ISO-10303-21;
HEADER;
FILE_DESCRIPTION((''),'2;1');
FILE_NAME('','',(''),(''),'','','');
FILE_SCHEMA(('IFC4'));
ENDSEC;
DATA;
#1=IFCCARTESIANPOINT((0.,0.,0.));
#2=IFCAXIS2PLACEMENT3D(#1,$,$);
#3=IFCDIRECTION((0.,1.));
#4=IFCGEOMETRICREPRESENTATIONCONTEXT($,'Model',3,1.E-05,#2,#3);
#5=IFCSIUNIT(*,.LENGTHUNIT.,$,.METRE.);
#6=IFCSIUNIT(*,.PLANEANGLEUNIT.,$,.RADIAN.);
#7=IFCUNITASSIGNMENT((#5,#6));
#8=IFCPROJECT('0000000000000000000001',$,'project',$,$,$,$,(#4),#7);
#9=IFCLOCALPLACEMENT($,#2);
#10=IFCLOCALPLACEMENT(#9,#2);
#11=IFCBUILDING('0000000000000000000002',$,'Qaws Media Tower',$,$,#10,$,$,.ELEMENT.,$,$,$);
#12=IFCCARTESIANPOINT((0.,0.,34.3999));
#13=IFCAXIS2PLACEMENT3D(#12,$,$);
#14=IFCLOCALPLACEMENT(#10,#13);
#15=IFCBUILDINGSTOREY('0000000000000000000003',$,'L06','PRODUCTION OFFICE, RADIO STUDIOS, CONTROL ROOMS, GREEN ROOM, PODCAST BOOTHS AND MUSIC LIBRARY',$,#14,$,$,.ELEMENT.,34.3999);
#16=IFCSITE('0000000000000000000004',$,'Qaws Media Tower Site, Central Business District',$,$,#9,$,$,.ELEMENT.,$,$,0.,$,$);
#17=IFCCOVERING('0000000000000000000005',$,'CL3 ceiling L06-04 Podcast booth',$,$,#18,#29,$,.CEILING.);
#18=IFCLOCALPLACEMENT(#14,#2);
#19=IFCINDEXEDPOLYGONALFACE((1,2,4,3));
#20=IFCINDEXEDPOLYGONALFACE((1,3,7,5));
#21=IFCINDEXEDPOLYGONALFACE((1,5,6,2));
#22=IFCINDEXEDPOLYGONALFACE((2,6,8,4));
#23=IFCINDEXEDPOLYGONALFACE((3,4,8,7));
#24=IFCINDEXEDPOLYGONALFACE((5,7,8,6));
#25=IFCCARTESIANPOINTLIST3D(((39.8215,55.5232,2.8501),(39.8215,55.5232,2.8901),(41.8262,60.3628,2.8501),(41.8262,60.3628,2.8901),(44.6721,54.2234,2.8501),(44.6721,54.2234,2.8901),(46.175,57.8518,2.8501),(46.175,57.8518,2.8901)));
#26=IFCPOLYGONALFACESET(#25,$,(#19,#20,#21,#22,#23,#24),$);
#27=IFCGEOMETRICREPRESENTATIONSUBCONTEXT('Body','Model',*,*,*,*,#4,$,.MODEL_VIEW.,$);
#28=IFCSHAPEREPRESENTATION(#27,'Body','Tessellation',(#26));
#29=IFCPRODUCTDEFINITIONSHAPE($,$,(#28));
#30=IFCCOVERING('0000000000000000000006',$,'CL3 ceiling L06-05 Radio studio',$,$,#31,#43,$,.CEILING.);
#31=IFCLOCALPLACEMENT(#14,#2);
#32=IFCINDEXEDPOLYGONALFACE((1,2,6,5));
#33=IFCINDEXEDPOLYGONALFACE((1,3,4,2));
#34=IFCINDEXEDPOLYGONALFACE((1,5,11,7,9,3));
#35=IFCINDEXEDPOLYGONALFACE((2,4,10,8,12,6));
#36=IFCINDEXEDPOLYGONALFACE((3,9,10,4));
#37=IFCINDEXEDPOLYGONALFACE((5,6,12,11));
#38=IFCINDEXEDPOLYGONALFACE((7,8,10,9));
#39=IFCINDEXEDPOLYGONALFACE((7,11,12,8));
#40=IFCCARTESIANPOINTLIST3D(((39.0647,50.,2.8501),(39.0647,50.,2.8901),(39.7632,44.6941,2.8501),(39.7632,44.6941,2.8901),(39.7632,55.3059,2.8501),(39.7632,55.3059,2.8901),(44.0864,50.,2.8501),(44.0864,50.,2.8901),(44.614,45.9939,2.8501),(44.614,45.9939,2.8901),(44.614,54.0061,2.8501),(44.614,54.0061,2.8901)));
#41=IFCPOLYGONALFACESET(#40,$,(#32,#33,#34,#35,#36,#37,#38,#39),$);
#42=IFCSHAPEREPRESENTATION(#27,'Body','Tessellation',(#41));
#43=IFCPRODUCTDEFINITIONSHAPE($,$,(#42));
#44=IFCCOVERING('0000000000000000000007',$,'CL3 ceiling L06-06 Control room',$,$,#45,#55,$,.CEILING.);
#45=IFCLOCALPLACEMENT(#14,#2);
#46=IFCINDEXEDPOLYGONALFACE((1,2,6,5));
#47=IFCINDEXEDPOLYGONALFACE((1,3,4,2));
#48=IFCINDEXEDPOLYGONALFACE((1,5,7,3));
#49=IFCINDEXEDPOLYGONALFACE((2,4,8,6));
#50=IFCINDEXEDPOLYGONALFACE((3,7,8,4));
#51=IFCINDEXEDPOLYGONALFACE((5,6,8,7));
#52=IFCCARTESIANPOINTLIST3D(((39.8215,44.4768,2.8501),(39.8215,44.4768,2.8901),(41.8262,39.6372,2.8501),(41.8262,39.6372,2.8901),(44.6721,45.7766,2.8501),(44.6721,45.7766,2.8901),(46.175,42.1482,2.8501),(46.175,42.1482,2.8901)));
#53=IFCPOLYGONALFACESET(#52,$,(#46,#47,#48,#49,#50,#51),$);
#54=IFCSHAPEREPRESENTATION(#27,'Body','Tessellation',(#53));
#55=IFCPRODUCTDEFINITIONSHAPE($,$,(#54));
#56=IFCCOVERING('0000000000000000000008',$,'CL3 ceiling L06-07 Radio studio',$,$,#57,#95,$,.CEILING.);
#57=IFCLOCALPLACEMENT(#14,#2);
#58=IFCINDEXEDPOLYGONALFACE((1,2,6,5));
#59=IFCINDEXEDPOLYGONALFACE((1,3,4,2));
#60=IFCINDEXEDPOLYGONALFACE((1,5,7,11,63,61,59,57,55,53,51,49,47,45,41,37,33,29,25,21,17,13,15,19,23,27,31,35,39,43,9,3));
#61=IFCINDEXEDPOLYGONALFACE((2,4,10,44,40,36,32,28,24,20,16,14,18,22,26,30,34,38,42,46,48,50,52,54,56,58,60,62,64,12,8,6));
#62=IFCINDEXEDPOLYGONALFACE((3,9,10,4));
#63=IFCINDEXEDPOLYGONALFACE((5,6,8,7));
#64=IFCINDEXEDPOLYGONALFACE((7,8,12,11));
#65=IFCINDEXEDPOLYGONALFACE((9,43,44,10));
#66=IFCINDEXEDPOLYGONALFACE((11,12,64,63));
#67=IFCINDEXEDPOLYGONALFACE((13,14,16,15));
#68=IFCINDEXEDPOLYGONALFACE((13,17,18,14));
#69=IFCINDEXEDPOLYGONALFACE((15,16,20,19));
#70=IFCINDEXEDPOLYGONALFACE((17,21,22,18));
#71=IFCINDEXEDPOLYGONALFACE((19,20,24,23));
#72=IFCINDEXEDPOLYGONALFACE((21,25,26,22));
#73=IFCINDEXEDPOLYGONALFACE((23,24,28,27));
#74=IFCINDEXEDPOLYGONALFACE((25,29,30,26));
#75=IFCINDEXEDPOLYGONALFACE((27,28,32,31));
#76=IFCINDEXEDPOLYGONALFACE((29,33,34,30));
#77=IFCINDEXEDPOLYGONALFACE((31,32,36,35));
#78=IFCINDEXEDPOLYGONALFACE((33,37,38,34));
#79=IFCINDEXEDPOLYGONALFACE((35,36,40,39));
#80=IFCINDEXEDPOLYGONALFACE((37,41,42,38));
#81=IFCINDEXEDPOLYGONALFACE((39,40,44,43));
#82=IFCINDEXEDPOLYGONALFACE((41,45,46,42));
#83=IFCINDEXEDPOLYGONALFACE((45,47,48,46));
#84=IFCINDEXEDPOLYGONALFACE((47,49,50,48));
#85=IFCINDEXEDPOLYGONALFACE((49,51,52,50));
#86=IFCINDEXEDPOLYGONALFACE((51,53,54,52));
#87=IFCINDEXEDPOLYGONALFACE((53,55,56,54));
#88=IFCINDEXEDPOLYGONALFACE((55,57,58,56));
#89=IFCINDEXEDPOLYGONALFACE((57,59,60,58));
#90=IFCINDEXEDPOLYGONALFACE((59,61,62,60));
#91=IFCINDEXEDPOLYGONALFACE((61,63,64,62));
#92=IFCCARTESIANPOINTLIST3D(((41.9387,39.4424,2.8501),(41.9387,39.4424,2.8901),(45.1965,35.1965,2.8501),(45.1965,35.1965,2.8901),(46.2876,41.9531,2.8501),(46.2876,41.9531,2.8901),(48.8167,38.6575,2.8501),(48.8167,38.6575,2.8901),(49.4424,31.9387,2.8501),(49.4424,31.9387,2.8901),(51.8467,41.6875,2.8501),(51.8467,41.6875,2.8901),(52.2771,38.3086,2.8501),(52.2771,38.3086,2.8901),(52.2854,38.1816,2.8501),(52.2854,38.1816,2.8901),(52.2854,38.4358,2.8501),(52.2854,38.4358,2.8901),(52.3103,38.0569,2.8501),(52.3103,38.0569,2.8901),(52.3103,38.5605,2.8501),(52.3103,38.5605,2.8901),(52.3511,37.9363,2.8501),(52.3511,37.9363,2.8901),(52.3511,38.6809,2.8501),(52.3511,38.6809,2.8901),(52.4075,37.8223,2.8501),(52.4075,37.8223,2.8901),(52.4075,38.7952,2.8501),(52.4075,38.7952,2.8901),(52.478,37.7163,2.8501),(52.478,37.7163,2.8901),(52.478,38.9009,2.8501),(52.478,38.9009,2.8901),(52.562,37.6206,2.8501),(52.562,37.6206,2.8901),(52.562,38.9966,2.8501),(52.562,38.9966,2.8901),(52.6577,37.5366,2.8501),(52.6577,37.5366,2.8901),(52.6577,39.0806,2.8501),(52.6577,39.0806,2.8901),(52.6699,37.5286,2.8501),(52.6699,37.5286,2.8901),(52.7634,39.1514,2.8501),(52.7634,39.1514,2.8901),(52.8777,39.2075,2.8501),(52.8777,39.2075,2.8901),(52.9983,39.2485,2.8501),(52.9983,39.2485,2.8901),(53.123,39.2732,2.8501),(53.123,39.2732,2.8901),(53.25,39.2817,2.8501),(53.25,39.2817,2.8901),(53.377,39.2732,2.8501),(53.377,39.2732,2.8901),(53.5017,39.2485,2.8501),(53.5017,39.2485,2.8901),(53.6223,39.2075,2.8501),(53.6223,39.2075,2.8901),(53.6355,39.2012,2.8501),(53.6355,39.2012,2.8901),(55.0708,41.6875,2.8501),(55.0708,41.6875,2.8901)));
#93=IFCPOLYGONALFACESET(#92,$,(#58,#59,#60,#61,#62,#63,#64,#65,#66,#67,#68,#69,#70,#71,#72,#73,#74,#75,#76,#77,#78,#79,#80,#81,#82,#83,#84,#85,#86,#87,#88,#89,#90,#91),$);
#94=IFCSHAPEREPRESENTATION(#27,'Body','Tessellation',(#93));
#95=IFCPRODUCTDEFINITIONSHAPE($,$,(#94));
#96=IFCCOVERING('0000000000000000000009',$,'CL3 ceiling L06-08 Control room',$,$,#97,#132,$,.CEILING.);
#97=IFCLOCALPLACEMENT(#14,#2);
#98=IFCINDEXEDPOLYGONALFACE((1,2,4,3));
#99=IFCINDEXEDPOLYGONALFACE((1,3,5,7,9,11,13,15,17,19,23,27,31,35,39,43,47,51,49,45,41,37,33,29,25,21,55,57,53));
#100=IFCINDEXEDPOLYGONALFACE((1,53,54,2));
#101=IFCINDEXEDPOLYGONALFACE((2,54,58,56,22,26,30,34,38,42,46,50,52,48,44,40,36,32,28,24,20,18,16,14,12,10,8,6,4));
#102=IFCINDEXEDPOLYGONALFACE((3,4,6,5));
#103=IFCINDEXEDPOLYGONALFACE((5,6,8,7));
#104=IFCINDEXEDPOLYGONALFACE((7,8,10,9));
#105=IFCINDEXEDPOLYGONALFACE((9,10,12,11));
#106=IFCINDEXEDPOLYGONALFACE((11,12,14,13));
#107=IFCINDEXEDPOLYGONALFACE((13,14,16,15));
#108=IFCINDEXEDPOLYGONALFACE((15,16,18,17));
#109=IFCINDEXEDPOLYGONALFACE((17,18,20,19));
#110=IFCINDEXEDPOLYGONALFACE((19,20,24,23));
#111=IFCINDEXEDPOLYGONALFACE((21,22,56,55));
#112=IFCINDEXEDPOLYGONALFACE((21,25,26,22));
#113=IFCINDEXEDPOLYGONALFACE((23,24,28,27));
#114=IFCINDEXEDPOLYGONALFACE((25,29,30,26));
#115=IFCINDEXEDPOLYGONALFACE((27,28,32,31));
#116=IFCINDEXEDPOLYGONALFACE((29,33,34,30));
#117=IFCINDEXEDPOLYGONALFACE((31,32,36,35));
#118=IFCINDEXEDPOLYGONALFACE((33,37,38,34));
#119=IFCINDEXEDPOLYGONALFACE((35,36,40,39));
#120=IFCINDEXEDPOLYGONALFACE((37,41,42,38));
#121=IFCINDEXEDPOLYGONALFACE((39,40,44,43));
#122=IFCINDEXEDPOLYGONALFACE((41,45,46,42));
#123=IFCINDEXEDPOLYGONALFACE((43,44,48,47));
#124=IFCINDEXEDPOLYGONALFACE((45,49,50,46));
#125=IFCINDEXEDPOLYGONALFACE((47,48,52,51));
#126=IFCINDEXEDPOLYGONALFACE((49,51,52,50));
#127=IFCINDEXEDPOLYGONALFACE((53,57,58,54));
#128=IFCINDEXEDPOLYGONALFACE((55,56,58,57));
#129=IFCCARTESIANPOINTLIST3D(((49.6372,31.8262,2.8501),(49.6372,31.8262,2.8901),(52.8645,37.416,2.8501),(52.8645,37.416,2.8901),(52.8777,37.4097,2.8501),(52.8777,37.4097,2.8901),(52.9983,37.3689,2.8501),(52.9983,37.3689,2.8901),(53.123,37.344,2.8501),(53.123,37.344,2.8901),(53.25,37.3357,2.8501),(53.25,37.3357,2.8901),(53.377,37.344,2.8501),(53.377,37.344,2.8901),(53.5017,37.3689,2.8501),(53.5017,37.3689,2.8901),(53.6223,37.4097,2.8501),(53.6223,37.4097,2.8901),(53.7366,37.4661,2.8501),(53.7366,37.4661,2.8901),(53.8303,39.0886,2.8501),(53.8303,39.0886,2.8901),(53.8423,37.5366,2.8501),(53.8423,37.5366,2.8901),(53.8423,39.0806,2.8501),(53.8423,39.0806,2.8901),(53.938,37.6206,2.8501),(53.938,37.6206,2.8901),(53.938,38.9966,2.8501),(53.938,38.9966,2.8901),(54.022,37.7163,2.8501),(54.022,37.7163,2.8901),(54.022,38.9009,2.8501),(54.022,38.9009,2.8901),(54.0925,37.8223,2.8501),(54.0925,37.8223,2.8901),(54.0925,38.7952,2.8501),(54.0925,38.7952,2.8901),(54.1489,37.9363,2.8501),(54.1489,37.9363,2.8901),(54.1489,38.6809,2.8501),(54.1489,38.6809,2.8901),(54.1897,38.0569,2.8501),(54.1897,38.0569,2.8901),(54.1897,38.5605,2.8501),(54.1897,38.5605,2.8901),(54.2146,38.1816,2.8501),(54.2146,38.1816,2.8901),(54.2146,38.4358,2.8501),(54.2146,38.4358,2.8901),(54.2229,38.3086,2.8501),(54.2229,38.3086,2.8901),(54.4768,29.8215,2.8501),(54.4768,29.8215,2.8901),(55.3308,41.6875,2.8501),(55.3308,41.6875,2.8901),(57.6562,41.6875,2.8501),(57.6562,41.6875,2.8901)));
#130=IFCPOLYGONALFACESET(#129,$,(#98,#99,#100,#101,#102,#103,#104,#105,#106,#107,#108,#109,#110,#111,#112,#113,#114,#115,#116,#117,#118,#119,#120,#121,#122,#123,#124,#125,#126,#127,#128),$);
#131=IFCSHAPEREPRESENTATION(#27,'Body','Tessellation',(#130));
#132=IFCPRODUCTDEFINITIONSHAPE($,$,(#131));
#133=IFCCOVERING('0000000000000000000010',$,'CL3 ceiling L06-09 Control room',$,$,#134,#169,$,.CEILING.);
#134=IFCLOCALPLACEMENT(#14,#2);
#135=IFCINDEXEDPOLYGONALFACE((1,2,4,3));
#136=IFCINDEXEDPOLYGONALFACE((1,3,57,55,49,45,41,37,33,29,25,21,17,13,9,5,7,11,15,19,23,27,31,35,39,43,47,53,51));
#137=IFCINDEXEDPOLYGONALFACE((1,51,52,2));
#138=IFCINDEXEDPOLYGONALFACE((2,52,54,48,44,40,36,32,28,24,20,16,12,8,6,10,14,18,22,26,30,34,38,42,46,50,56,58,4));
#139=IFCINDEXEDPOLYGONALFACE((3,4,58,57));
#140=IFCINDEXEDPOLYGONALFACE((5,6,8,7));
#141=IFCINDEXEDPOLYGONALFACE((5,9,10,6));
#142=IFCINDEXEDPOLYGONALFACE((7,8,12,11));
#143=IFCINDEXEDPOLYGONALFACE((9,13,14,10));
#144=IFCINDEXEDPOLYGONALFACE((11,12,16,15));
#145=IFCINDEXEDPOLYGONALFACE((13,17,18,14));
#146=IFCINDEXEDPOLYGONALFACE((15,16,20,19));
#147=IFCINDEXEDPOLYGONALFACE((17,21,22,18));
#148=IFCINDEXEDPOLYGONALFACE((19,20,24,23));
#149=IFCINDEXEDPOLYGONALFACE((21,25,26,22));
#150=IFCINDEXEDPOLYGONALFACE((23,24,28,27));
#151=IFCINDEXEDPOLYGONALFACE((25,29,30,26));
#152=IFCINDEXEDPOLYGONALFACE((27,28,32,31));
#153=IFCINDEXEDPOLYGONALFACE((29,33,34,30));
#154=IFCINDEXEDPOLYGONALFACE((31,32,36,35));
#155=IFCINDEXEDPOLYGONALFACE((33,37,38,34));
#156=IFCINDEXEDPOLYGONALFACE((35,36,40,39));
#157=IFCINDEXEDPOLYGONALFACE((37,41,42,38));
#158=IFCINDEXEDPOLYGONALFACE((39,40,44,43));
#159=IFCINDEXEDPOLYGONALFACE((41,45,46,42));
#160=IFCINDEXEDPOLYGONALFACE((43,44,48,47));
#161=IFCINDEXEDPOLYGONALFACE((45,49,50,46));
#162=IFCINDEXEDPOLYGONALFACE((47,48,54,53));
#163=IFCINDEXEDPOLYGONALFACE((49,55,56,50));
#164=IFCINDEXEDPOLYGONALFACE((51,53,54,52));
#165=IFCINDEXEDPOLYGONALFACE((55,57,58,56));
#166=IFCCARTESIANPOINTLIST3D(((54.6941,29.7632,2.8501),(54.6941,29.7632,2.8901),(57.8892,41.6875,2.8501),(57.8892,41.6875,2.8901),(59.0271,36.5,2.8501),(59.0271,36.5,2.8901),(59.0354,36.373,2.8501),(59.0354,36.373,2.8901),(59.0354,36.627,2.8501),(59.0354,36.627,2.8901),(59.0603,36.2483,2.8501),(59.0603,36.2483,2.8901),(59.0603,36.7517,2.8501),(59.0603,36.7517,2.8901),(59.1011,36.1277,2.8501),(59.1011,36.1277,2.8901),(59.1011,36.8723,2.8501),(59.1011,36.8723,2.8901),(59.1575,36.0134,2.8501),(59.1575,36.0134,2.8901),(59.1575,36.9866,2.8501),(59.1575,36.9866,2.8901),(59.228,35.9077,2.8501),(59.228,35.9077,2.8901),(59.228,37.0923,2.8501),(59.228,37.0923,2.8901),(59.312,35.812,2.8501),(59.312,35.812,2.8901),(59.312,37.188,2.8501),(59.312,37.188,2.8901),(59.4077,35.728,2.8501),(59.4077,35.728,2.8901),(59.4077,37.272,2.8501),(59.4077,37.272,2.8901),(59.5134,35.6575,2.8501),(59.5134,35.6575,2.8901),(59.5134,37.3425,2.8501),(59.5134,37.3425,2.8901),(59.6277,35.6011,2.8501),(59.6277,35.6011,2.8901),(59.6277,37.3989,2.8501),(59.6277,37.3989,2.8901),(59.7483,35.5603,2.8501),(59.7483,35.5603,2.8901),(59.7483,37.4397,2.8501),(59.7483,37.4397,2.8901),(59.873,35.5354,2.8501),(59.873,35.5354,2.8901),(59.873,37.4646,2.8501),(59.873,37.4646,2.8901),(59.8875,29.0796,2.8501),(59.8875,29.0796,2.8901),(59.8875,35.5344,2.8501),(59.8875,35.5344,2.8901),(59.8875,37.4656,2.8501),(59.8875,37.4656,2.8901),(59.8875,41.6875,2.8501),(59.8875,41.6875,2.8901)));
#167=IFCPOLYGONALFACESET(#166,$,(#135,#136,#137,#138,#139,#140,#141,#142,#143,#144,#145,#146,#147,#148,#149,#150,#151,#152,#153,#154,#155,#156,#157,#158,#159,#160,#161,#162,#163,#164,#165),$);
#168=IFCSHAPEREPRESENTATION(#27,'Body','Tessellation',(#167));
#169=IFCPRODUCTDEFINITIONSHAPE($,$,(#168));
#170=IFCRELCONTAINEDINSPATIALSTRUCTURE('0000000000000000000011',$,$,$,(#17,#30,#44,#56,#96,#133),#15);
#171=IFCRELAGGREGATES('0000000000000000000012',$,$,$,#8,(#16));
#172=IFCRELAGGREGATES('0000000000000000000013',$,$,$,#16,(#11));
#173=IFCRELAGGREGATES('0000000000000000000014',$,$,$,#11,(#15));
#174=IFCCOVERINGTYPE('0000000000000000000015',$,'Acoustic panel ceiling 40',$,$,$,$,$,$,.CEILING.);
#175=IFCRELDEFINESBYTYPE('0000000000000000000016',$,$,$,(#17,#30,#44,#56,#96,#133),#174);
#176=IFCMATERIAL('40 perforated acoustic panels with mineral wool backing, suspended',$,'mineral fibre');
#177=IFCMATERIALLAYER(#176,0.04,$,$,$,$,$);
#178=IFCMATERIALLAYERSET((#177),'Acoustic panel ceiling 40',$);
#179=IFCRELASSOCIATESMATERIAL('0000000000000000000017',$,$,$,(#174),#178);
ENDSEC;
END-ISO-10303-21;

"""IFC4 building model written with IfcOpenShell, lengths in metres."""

from ifc_helpers import new_model, si_unit, direction, frame, origin, place, context, subcontext, project, spatial, polyline, outline, extrude, material, layer, layer_set, type_object, element, save


model = new_model("IFC4")

# Units and contexts
model_context = context("Model", 3, precision=1e-05, world=origin(), true_north=direction((0.0, 1.0)))
body_context = subcontext(model_context, "Body", "Model", "MODEL_VIEW")
ifc_project = project(units=[si_unit("LENGTHUNIT", "METRE"), si_unit("PLANEANGLEUNIT", "RADIAN")], contexts=[model_context])

# Site, building, storey
site_placement = place(None, origin())
site = spatial("IfcSite", under=ifc_project, at=site_placement, Name="Qaws Media Tower Site, Central Business District", CompositionType="ELEMENT", RefElevation=0.0)
building_placement = place(site_placement, origin())
building = spatial("IfcBuilding", under=site, at=building_placement, Name="Qaws Media Tower", CompositionType="ELEMENT")
storey_placement = place(building_placement, frame((0.0, 0.0, 34.3999)))
storey = spatial("IfcBuildingStorey", under=building, at=storey_placement, Name="L06", Description="PRODUCTION OFFICE, RADIO STUDIOS, CONTROL ROOMS, GREEN ROOM, PODCAST BOOTHS AND MUSIC LIBRARY", CompositionType="ELEMENT", Elevation=34.3999)

# Coverings
ifc_material_1 = material(Name="40 perforated acoustic panels with mineral wool backing, suspended", Category="mineral fibre")
ifc_layer_1 = layer(ifc_material_1, 0.04)
ifc_layer_set_1 = layer_set([ifc_layer_1], Name="Acoustic panel ceiling 40")
covering_type_1 = type_object("IfcCoveringType", Name="Acoustic panel ceiling 40", PredefinedType="CEILING", material=ifc_layer_set_1)
covering_1_placement = place(storey_placement, frame((0.0, 0.0, 2.8501)))
element("IfcCovering", 1, at=covering_1_placement, inside=storey, type_object=covering_type_1, Name="CL3 ceiling L06-04 Podcast booth", PredefinedType="CEILING", context=body_context, shape_type="SweptSolid", body=[
    extrude(outline(polyline([(41.8262, 60.3628), (46.175, 57.8518), (44.6721, 54.2234), (39.8215, 55.5232), (41.8262, 60.3628)])), origin(), (0.0, 0.0, 1.0), 0.04),
])
covering_2_placement = place(storey_placement, frame((0.0, 0.0, 2.8501)))
element("IfcCovering", 2, at=covering_2_placement, inside=storey, type_object=covering_type_1, Name="CL3 ceiling L06-05 Radio studio", PredefinedType="CEILING", context=body_context, shape_type="SweptSolid", body=[
    extrude(outline(polyline([(39.0647, 50.0), (39.7632, 55.3059), (44.614, 54.0061), (44.0864, 50.0), (44.614, 45.9939), (39.7632, 44.6941), (39.0647, 50.0)])), origin(), (0.0, 0.0, 1.0), 0.04),
])
covering_3_placement = place(storey_placement, frame((0.0, 0.0, 2.8501)))
element("IfcCovering", 3, at=covering_3_placement, inside=storey, type_object=covering_type_1, Name="CL3 ceiling L06-06 Control room", PredefinedType="CEILING", context=body_context, shape_type="SweptSolid", body=[
    extrude(outline(polyline([(39.8215, 44.4768), (44.6721, 45.7766), (46.175, 42.1482), (41.8262, 39.6372), (39.8215, 44.4768)])), origin(), (0.0, 0.0, 1.0), 0.04),
])
covering_4_placement = place(storey_placement, frame((0.0, 0.0, 2.8501)))
element("IfcCovering", 4, at=covering_4_placement, inside=storey, type_object=covering_type_1, Name="CL3 ceiling L06-07 Radio studio", PredefinedType="CEILING", context=body_context, shape_type="SweptSolid", body=[
    extrude(outline(polyline([(48.8167, 38.6575), (51.8467, 41.6875), (55.0708, 41.6875), (53.6355, 39.2012), (53.6223, 39.2075), (53.5017, 39.2485), (53.377, 39.2732), (53.25, 39.2817), (53.123, 39.2732), (52.9983, 39.2485), (52.8777, 39.2075), (52.7634, 39.1514), (52.6577, 39.0806), (52.562, 38.9966), (52.478, 38.9009), (52.4075, 38.7952), (52.3511, 38.6809), (52.3103, 38.5605), (52.2854, 38.4358), (52.2771, 38.3086), (52.2854, 38.1816), (52.3103, 38.0569), (52.3511, 37.9363), (52.4075, 37.8223), (52.478, 37.7163), (52.562, 37.6206), (52.6577, 37.5366), (52.6699, 37.5286), (49.4424, 31.9387), (45.1965, 35.1965), (41.9387, 39.4424), (46.2876, 41.9531), (48.8167, 38.6575)])), origin(), (0.0, 0.0, 1.0), 0.04),
])
covering_5_placement = place(storey_placement, frame((0.0, 0.0, 2.8501)))
element("IfcCovering", 5, at=covering_5_placement, inside=storey, type_object=covering_type_1, Name="CL3 ceiling L06-08 Control room", PredefinedType="CEILING", context=body_context, shape_type="SweptSolid", body=[
    extrude(outline(polyline([(49.6372, 31.8262), (52.8645, 37.416), (52.8777, 37.4097), (52.9983, 37.3689), (53.123, 37.344), (53.25, 37.3357), (53.377, 37.344), (53.5017, 37.3689), (53.6223, 37.4097), (53.7366, 37.4661), (53.8423, 37.5366), (53.938, 37.6206), (54.022, 37.7163), (54.0925, 37.8223), (54.1489, 37.9363), (54.1897, 38.0569), (54.2146, 38.1816), (54.2229, 38.3086), (54.2146, 38.4358), (54.1897, 38.5605), (54.1489, 38.6809), (54.0925, 38.7952), (54.022, 38.9009), (53.938, 38.9966), (53.8423, 39.0806), (53.8303, 39.0886), (55.3308, 41.6875), (57.6562, 41.6875), (54.4768, 29.8215), (49.6372, 31.8262)])), origin(), (0.0, 0.0, 1.0), 0.04),
])
covering_6_placement = place(storey_placement, frame((0.0, 0.0, 2.8501)))
element("IfcCovering", 6, at=covering_6_placement, inside=storey, type_object=covering_type_1, Name="CL3 ceiling L06-09 Control room", PredefinedType="CEILING", context=body_context, shape_type="SweptSolid", body=[
    extrude(outline(polyline([(54.6941, 29.7632), (57.8892, 41.6875), (59.8875, 41.6875), (59.8875, 37.4656), (59.873, 37.4646), (59.7483, 37.4397), (59.6277, 37.3989), (59.5134, 37.3425), (59.4077, 37.272), (59.312, 37.188), (59.228, 37.0923), (59.1575, 36.9866), (59.1011, 36.8723), (59.0603, 36.7517), (59.0354, 36.627), (59.0271, 36.5), (59.0354, 36.373), (59.0603, 36.2483), (59.1011, 36.1277), (59.1575, 36.0134), (59.228, 35.9077), (59.312, 35.812), (59.4077, 35.728), (59.5134, 35.6575), (59.6277, 35.6011), (59.7483, 35.5603), (59.873, 35.5354), (59.8875, 35.5344), (59.8875, 29.0796), (54.6941, 29.7632)])), origin(), (0.0, 0.0, 1.0), 0.04),
])

save(model, "model.ifc")
